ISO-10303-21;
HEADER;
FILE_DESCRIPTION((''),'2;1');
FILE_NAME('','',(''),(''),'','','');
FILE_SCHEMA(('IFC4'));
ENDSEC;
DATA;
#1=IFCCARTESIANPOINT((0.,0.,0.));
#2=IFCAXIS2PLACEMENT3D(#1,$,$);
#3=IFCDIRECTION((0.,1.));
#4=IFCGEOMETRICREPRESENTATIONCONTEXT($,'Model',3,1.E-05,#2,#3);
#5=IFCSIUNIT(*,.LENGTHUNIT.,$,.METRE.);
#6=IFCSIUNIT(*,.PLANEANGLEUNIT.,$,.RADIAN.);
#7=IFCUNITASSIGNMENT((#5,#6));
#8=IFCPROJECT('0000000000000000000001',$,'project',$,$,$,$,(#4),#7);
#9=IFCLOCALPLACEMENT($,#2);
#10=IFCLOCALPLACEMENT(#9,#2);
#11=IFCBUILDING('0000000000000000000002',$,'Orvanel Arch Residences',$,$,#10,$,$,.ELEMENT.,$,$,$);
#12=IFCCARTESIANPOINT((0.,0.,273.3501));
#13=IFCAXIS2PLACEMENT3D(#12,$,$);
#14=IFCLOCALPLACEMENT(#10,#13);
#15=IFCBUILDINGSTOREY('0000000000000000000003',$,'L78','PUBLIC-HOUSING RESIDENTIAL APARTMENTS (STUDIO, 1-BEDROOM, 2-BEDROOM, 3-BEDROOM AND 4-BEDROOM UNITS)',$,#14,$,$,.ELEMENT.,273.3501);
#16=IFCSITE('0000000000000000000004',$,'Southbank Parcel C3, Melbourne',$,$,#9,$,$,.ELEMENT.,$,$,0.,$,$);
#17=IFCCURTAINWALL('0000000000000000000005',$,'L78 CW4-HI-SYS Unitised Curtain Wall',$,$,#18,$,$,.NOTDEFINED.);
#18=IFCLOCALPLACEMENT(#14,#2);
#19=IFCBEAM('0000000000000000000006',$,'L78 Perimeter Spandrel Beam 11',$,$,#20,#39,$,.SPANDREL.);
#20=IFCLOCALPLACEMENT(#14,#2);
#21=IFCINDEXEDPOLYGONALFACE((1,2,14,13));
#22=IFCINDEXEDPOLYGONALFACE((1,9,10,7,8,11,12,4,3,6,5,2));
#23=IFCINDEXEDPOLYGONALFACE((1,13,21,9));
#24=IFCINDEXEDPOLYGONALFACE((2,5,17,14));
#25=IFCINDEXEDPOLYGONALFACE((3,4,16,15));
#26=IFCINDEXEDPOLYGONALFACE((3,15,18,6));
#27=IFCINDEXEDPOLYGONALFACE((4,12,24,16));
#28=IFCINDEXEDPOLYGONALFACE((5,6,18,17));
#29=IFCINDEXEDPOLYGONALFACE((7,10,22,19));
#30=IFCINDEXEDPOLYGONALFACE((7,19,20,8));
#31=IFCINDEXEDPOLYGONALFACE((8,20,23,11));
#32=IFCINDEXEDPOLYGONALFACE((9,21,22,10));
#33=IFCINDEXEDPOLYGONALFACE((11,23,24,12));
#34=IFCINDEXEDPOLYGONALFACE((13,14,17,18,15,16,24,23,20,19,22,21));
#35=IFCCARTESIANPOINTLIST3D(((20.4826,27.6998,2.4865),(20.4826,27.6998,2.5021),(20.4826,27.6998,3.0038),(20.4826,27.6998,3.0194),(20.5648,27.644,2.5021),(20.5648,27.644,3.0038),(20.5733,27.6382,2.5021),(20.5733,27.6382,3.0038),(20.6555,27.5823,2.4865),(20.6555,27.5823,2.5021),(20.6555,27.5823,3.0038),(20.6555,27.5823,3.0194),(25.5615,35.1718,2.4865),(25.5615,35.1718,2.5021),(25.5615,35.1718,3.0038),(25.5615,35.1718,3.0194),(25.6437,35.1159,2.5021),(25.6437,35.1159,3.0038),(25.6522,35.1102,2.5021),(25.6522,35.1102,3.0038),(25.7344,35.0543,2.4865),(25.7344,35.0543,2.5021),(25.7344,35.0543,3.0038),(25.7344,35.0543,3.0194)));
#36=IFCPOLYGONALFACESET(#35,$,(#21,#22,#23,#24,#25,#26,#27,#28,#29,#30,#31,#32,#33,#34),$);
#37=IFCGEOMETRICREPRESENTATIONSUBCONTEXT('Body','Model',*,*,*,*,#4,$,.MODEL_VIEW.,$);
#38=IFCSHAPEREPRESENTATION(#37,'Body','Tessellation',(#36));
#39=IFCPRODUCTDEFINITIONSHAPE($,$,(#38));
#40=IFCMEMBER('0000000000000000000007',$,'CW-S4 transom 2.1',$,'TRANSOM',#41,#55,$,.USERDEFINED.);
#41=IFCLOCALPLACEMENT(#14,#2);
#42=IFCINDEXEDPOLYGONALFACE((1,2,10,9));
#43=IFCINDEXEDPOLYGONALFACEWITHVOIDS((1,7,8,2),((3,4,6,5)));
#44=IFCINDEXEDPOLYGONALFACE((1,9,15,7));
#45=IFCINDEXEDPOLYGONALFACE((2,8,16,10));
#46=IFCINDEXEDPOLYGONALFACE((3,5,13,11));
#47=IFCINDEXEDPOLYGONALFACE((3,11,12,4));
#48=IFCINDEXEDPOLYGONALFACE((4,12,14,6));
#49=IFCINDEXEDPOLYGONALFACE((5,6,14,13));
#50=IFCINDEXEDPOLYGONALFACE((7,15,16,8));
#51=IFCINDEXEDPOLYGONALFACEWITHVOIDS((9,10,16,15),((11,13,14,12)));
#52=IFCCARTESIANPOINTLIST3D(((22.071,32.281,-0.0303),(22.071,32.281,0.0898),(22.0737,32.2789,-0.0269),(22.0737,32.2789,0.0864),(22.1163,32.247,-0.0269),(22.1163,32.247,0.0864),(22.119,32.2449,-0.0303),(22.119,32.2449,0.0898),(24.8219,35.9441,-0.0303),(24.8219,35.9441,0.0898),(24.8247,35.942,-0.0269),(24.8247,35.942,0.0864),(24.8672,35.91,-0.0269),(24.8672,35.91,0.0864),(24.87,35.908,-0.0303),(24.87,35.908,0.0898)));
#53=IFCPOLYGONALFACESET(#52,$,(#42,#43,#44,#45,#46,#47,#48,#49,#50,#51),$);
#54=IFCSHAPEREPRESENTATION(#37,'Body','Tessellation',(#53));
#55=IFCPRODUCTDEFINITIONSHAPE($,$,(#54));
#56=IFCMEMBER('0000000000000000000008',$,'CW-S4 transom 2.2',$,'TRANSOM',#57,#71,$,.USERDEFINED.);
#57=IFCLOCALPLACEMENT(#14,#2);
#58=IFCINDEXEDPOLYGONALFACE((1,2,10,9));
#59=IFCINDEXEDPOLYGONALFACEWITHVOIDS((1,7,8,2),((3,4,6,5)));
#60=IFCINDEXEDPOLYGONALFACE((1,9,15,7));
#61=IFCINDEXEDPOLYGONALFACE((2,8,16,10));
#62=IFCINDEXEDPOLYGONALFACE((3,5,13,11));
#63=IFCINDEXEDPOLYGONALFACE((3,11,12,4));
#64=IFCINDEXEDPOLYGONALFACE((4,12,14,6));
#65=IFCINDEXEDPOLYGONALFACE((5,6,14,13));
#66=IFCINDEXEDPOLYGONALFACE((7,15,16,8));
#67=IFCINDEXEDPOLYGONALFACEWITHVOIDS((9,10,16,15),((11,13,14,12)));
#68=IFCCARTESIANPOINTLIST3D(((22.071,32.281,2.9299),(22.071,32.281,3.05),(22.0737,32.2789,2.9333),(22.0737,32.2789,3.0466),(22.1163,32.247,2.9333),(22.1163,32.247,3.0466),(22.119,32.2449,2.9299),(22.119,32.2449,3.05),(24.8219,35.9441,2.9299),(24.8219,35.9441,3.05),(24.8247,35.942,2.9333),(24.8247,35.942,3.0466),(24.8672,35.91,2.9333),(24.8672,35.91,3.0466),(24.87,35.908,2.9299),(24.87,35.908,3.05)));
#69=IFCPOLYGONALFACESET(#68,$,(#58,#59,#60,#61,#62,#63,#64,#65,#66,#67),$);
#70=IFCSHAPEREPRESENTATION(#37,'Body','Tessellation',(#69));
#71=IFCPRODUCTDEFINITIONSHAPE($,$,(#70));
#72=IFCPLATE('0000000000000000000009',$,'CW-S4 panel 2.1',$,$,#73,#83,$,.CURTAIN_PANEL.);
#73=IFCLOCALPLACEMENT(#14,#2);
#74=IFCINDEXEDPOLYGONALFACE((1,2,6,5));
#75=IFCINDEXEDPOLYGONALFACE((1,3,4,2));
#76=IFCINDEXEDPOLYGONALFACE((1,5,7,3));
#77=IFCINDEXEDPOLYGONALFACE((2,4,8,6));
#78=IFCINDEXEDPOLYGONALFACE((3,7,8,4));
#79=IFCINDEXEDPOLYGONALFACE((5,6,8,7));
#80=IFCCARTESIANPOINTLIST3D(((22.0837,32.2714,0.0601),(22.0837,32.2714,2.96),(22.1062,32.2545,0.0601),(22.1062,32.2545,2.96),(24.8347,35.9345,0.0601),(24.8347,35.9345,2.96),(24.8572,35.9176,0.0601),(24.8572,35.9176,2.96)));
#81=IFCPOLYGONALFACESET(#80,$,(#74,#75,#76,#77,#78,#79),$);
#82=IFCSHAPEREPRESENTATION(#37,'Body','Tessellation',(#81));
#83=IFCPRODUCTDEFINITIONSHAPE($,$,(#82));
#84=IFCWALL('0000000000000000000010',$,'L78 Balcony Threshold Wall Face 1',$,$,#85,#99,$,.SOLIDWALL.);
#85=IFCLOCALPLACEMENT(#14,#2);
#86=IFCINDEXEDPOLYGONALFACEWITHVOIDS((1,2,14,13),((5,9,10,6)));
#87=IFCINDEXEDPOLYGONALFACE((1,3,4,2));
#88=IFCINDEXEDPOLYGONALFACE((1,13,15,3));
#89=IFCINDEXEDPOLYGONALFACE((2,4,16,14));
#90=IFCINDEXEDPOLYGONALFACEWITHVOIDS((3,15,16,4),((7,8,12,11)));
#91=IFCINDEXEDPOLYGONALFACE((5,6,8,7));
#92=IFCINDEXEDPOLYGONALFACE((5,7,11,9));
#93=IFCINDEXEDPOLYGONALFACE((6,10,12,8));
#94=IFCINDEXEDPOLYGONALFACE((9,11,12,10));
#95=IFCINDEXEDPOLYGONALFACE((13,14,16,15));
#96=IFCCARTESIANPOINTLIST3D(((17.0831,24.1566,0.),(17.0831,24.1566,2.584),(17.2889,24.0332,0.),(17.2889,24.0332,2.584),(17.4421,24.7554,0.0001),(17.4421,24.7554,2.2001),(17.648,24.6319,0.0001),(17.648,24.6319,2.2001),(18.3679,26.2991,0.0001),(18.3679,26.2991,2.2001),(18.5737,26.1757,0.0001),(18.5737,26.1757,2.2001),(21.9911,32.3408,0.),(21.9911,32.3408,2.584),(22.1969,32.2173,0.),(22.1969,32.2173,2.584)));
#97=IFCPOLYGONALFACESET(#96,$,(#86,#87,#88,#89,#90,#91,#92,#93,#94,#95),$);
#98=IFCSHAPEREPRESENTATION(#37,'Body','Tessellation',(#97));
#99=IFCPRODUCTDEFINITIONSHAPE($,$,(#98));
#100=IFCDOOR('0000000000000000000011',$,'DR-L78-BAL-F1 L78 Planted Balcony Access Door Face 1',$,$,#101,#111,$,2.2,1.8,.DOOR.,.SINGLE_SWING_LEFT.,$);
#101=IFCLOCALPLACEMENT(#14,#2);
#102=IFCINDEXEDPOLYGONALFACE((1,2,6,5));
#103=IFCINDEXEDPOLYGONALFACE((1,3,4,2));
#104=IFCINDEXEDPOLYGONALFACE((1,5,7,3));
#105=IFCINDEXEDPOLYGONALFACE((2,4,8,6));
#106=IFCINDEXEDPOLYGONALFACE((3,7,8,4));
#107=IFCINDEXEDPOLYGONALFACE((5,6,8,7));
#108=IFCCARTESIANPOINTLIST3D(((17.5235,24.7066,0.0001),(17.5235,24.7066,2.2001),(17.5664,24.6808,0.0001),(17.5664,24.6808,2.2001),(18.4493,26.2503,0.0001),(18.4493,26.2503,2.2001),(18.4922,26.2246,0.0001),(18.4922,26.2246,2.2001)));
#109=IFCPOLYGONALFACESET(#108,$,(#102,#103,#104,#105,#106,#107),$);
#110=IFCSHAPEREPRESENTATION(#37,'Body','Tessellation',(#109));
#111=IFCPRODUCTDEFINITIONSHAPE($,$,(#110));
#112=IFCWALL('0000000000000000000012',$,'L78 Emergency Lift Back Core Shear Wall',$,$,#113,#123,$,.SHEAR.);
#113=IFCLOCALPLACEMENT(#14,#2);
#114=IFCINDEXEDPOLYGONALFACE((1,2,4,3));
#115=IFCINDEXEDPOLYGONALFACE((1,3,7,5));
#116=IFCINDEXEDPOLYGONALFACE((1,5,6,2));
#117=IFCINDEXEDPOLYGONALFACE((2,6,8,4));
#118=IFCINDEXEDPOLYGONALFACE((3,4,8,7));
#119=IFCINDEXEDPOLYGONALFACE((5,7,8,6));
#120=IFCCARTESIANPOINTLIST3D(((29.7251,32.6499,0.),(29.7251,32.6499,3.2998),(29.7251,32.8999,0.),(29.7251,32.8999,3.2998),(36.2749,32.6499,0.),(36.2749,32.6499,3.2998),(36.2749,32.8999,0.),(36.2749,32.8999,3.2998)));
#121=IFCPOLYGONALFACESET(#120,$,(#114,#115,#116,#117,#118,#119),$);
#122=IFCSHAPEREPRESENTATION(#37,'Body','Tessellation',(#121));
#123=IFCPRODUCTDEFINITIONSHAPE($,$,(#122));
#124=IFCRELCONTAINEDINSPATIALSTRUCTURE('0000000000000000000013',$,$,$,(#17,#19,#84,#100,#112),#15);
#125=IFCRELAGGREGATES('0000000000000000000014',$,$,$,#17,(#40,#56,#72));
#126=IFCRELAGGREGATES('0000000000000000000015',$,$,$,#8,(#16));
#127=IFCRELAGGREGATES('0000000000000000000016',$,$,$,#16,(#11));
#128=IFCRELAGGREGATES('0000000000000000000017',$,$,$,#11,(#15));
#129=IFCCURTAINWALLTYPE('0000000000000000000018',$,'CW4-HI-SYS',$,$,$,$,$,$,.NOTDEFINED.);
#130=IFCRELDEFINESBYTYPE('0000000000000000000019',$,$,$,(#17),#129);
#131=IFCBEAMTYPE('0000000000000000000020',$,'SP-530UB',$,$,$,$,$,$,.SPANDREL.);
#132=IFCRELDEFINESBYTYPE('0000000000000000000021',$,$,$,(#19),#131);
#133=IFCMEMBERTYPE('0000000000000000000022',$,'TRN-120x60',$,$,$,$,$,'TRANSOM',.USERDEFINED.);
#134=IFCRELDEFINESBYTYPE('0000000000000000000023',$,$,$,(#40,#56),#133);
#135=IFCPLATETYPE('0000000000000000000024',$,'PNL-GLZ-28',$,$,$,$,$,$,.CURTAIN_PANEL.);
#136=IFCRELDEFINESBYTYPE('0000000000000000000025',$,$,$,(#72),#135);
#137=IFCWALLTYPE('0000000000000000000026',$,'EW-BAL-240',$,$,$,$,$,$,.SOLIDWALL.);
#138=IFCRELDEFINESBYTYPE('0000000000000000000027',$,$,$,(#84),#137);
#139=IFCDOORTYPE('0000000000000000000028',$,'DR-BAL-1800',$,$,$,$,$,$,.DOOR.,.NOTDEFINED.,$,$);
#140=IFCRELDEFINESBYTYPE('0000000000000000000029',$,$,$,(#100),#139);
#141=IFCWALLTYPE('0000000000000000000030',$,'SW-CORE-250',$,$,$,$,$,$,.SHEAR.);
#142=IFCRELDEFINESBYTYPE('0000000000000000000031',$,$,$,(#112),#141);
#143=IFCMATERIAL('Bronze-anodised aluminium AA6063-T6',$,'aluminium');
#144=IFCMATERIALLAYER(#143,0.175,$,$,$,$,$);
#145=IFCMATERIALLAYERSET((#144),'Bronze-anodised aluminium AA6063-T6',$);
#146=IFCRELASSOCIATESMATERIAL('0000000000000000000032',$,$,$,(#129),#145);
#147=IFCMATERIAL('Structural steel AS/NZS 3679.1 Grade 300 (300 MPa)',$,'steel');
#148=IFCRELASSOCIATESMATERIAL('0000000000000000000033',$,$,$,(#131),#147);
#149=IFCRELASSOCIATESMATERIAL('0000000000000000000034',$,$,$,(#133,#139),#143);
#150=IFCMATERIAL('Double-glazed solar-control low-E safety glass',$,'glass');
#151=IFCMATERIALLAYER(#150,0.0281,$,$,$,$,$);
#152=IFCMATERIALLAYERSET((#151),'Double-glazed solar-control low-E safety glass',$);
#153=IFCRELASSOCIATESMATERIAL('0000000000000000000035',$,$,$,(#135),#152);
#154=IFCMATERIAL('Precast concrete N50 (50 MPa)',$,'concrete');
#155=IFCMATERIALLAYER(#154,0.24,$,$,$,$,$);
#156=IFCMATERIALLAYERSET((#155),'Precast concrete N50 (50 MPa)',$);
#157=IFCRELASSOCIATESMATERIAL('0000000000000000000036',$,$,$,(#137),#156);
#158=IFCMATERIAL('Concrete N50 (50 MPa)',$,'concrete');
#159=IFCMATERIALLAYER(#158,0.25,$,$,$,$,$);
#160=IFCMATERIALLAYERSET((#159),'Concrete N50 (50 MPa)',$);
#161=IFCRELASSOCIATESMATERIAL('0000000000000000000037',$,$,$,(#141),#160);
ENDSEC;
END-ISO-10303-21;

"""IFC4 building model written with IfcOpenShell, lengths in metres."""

from ifc_helpers import new_model, si_unit, direction, frame, frame_2d, origin, origin_2d, place, context, subcontext, project, spatial, rectangle, hollow_rectangle, i_section, extrude, material, layer, layer_set, material_profile, profile_set, type_object, element, fill, aggregate, save


model = new_model("IFC4")

# Units and contexts
model_context = context("Model", 3, precision=1e-05, world=origin(), true_north=direction((0.0, 1.0)))
body_context = subcontext(model_context, "Body", "Model", "MODEL_VIEW")
ifc_project = project(units=[si_unit("LENGTHUNIT", "METRE"), si_unit("PLANEANGLEUNIT", "RADIAN")], contexts=[model_context])

# Site, building, storey
site_placement = place(None, origin())
site = spatial("IfcSite", under=ifc_project, at=site_placement, Name="Southbank Parcel C3, Melbourne", CompositionType="ELEMENT", RefElevation=0.0)
building_placement = place(site_placement, origin())
building = spatial("IfcBuilding", under=site, at=building_placement, Name="Orvanel Arch Residences", CompositionType="ELEMENT")
storey_placement = place(building_placement, frame((0.0, 0.0, 273.3501)))
storey = spatial("IfcBuildingStorey", under=building, at=storey_placement, Name="L78", Description="PUBLIC-HOUSING RESIDENTIAL APARTMENTS (STUDIO, 1-BEDROOM, 2-BEDROOM, 3-BEDROOM AND 4-BEDROOM UNITS)", CompositionType="ELEMENT", Elevation=273.3501)

# Shared definitions
ifc_material_1 = material(Name="Structural steel AS/NZS 3679.1 Grade 300 (300 MPa)", Category="steel")

# Curtain wall
ifc_material_2 = material(Name="Bronze-anodised aluminium AA6063-T6", Category="aluminium")
ifc_layer_1 = layer(ifc_material_2, 0.175)
ifc_layer_set_1 = layer_set([ifc_layer_1], Name="Bronze-anodised aluminium AA6063-T6")
curtain_wall_type = type_object("IfcCurtainWallType", Name="CW4-HI-SYS", PredefinedType="NOTDEFINED", material=ifc_layer_set_1)
curtain_wall_placement = place(storey_placement, origin())
curtain_wall = element("IfcCurtainWall", 1, at=curtain_wall_placement, inside=storey, type_object=curtain_wall_type, Name="L78 CW4-HI-SYS Unitised Curtain Wall", PredefinedType="NOTDEFINED")

# Beam
ifc_material_profile_1 = material_profile(ifc_material_1, i_section(OverallWidth=0.209, OverallDepth=0.533, WebThickness=0.0103, FlangeThickness=0.0156, at=origin_2d()), Name="530UB92.4")
ifc_profile_set_1 = profile_set([ifc_material_profile_1], Name="Structural steel AS/NZS 3679.1 Grade 300 (300 MPa)")
beam_type_1 = type_object("IfcBeamType", Name="SP-530UB", PredefinedType="SPANDREL", material=ifc_profile_set_1)
beam_1_placement = place(storey_placement, frame((25.6479, 35.113, 2.7529), z_axis=(-0.562155, -0.827032, 0.0), x_axis=(0.827032, -0.562155, 0.0)))
element("IfcBeam", 2, at=beam_1_placement, inside=storey, type_object=beam_type_1, Name="L78 Perimeter Spandrel Beam 11", PredefinedType="SPANDREL", context=body_context, shape_type="SweptSolid", body=[
    extrude(i_section(OverallWidth=0.209, OverallDepth=0.533, WebThickness=0.0103, FlangeThickness=0.0156, at=origin_2d()), origin(), (0.0, 0.0, 1.0), 9.0347),
])

# Members
ifc_material_profile_2 = material_profile(ifc_material_2, hollow_rectangle(XDim=0.0601, YDim=0.1201, WallThickness=0.0034, at=origin_2d()), Name="ALU120x60x3.5")
ifc_profile_set_2 = profile_set([ifc_material_profile_2], Name="Bronze-anodised aluminium AA6063-T6")
member_type_1 = type_object("IfcMemberType", Name="TRN-120x60", ElementType="TRANSOM", PredefinedType="USERDEFINED", material=ifc_profile_set_2)
member_1_placement = place(storey_placement, frame((24.8459, 35.926, 0.0298), z_axis=(-0.600511, -0.799616, 0.0), x_axis=(0.799616, -0.600511, 0.0)))
member_1 = element("IfcMember", 3, at=member_1_placement, type_object=member_type_1, Name="CW-S4 transom 2.1", ObjectType="TRANSOM", PredefinedType="USERDEFINED", context=body_context, shape_type="SweptSolid", body=[
    extrude(hollow_rectangle(XDim=0.0601, YDim=0.1201, WallThickness=0.0034, at=origin_2d()), origin(), (0.0, 0.0, 1.0), 4.5811),
])
member_2_placement = place(storey_placement, frame((24.8459, 35.926, 2.99), z_axis=(-0.600511, -0.799616, 0.0), x_axis=(0.799616, -0.600511, 0.0)))
member_2 = element("IfcMember", 4, at=member_2_placement, type_object=member_type_1, Name="CW-S4 transom 2.2", ObjectType="TRANSOM", PredefinedType="USERDEFINED", context=body_context, shape_type="SweptSolid", body=[
    extrude(hollow_rectangle(XDim=0.0601, YDim=0.1201, WallThickness=0.0034, at=origin_2d()), origin(), (0.0, 0.0, 1.0), 4.5811),
])

# Plate
ifc_material_3 = material(Name="Double-glazed solar-control low-E safety glass", Category="glass")
ifc_layer_2 = layer(ifc_material_3, 0.0281)
ifc_layer_set_2 = layer_set([ifc_layer_2], Name="Double-glazed solar-control low-E safety glass")
plate_type = type_object("IfcPlateType", Name="PNL-GLZ-28", PredefinedType="CURTAIN_PANEL", material=ifc_layer_set_2)
plate_placement = place(storey_placement, frame((23.4705, 34.0945, 0.0601), z_axis=(0.0, 0.0, 1.0), x_axis=(-0.600513, -0.799615, 0.0)))
plate = element("IfcPlate", 5, at=plate_placement, type_object=plate_type, Name="CW-S4 panel 2.1", PredefinedType="CURTAIN_PANEL", context=body_context, shape_type="SweptSolid", body=[
    extrude(rectangle(XDim=4.5811, YDim=0.0281, at=origin_2d()), origin(), (0.0, 0.0, 1.0), 2.8999),
])
aggregate(curtain_wall, [member_1, member_2, plate])

# Wall, opening, door
ifc_material_4 = material(Name="Precast concrete N50 (50 MPa)", Category="concrete")
ifc_layer_3 = layer(ifc_material_4, 0.24)
ifc_layer_set_3 = layer_set([ifc_layer_3], Name="Precast concrete N50 (50 MPa)")
wall_type_1 = type_object("IfcWallType", Name="EW-BAL-240", PredefinedType="SOLIDWALL", material=ifc_layer_set_3)
wall_1_placement = place(storey_placement, frame((22.094, 32.2791, 0.0), z_axis=(0.0, 0.0, 1.0), x_axis=(-0.514304, -0.857608, 0.0)))
wall_1 = element("IfcWall", 6, at=wall_1_placement, inside=storey, type_object=wall_type_1, Name="L78 Balcony Threshold Wall Face 1", PredefinedType="SOLIDWALL", context=body_context, shape_type="SweptSolid", body=[
    extrude(rectangle(XDim=9.543, YDim=0.24, at=frame_2d((4.7715, 0.0))), origin(), (0.0, 0.0, 1.0), 2.584),
])
opening_1_placement = place(wall_1_placement, frame((7.0449, 0.0, 0.0)))
opening_1 = element("IfcOpeningElement", 7, at=opening_1_placement, cuts=wall_1, PredefinedType="OPENING", context=body_context, shape_type="SweptSolid", body=[
    extrude(rectangle(XDim=1.8, YDim=2.2, at=frame_2d((0.8999, 1.1001))), frame((0.0, 0.1299, 0.0), z_axis=(0.0, -1.0, 0.0), x_axis=(1.0, 0.0, 0.0)), (0.0, 0.0, 1.0), 0.26),
])
door_type_1 = type_object("IfcDoorType", Name="DR-BAL-1800", OperationType="NOTDEFINED", PredefinedType="DOOR", material=ifc_material_2)
door_1_placement = place(opening_1_placement, origin())
door_1 = element("IfcDoor", 8, at=door_1_placement, inside=storey, type_object=door_type_1, Name="DR-L78-BAL-F1 L78 Planted Balcony Access Door Face 1", OperationType="SINGLE_SWING_LEFT", OverallHeight=2.2, OverallWidth=1.8, PredefinedType="DOOR", context=body_context, shape_type="SweptSolid", body=[
    extrude(rectangle(XDim=1.8, YDim=2.2, at=frame_2d((0.8999, 1.1001))), frame((0.0, 0.0249, 0.0), z_axis=(0.0, -1.0, 0.0), x_axis=(1.0, 0.0, 0.0)), (0.0, 0.0, 1.0), 0.05),
])
fill(opening_1, door_1)

# Wall
ifc_material_5 = material(Name="Concrete N50 (50 MPa)", Category="concrete")
ifc_layer_4 = layer(ifc_material_5, 0.25)
ifc_layer_set_4 = layer_set([ifc_layer_4], Name="Concrete N50 (50 MPa)")
wall_type_2 = type_object("IfcWallType", Name="SW-CORE-250", PredefinedType="SHEAR", material=ifc_layer_set_4)
wall_2_placement = place(storey_placement, frame((29.7251, 32.7749, 0.0), z_axis=(0.0, 0.0, 1.0), x_axis=(1.0, 0.0, 0.0)))
element("IfcWall", 9, at=wall_2_placement, inside=storey, type_object=wall_type_2, Name="L78 Emergency Lift Back Core Shear Wall", PredefinedType="SHEAR", context=body_context, shape_type="SweptSolid", body=[
    extrude(rectangle(XDim=6.5498, YDim=0.25, at=frame_2d((3.2749, 0.0))), origin(), (0.0, 0.0, 1.0), 3.2998),
])

save(model, "model.ifc")
